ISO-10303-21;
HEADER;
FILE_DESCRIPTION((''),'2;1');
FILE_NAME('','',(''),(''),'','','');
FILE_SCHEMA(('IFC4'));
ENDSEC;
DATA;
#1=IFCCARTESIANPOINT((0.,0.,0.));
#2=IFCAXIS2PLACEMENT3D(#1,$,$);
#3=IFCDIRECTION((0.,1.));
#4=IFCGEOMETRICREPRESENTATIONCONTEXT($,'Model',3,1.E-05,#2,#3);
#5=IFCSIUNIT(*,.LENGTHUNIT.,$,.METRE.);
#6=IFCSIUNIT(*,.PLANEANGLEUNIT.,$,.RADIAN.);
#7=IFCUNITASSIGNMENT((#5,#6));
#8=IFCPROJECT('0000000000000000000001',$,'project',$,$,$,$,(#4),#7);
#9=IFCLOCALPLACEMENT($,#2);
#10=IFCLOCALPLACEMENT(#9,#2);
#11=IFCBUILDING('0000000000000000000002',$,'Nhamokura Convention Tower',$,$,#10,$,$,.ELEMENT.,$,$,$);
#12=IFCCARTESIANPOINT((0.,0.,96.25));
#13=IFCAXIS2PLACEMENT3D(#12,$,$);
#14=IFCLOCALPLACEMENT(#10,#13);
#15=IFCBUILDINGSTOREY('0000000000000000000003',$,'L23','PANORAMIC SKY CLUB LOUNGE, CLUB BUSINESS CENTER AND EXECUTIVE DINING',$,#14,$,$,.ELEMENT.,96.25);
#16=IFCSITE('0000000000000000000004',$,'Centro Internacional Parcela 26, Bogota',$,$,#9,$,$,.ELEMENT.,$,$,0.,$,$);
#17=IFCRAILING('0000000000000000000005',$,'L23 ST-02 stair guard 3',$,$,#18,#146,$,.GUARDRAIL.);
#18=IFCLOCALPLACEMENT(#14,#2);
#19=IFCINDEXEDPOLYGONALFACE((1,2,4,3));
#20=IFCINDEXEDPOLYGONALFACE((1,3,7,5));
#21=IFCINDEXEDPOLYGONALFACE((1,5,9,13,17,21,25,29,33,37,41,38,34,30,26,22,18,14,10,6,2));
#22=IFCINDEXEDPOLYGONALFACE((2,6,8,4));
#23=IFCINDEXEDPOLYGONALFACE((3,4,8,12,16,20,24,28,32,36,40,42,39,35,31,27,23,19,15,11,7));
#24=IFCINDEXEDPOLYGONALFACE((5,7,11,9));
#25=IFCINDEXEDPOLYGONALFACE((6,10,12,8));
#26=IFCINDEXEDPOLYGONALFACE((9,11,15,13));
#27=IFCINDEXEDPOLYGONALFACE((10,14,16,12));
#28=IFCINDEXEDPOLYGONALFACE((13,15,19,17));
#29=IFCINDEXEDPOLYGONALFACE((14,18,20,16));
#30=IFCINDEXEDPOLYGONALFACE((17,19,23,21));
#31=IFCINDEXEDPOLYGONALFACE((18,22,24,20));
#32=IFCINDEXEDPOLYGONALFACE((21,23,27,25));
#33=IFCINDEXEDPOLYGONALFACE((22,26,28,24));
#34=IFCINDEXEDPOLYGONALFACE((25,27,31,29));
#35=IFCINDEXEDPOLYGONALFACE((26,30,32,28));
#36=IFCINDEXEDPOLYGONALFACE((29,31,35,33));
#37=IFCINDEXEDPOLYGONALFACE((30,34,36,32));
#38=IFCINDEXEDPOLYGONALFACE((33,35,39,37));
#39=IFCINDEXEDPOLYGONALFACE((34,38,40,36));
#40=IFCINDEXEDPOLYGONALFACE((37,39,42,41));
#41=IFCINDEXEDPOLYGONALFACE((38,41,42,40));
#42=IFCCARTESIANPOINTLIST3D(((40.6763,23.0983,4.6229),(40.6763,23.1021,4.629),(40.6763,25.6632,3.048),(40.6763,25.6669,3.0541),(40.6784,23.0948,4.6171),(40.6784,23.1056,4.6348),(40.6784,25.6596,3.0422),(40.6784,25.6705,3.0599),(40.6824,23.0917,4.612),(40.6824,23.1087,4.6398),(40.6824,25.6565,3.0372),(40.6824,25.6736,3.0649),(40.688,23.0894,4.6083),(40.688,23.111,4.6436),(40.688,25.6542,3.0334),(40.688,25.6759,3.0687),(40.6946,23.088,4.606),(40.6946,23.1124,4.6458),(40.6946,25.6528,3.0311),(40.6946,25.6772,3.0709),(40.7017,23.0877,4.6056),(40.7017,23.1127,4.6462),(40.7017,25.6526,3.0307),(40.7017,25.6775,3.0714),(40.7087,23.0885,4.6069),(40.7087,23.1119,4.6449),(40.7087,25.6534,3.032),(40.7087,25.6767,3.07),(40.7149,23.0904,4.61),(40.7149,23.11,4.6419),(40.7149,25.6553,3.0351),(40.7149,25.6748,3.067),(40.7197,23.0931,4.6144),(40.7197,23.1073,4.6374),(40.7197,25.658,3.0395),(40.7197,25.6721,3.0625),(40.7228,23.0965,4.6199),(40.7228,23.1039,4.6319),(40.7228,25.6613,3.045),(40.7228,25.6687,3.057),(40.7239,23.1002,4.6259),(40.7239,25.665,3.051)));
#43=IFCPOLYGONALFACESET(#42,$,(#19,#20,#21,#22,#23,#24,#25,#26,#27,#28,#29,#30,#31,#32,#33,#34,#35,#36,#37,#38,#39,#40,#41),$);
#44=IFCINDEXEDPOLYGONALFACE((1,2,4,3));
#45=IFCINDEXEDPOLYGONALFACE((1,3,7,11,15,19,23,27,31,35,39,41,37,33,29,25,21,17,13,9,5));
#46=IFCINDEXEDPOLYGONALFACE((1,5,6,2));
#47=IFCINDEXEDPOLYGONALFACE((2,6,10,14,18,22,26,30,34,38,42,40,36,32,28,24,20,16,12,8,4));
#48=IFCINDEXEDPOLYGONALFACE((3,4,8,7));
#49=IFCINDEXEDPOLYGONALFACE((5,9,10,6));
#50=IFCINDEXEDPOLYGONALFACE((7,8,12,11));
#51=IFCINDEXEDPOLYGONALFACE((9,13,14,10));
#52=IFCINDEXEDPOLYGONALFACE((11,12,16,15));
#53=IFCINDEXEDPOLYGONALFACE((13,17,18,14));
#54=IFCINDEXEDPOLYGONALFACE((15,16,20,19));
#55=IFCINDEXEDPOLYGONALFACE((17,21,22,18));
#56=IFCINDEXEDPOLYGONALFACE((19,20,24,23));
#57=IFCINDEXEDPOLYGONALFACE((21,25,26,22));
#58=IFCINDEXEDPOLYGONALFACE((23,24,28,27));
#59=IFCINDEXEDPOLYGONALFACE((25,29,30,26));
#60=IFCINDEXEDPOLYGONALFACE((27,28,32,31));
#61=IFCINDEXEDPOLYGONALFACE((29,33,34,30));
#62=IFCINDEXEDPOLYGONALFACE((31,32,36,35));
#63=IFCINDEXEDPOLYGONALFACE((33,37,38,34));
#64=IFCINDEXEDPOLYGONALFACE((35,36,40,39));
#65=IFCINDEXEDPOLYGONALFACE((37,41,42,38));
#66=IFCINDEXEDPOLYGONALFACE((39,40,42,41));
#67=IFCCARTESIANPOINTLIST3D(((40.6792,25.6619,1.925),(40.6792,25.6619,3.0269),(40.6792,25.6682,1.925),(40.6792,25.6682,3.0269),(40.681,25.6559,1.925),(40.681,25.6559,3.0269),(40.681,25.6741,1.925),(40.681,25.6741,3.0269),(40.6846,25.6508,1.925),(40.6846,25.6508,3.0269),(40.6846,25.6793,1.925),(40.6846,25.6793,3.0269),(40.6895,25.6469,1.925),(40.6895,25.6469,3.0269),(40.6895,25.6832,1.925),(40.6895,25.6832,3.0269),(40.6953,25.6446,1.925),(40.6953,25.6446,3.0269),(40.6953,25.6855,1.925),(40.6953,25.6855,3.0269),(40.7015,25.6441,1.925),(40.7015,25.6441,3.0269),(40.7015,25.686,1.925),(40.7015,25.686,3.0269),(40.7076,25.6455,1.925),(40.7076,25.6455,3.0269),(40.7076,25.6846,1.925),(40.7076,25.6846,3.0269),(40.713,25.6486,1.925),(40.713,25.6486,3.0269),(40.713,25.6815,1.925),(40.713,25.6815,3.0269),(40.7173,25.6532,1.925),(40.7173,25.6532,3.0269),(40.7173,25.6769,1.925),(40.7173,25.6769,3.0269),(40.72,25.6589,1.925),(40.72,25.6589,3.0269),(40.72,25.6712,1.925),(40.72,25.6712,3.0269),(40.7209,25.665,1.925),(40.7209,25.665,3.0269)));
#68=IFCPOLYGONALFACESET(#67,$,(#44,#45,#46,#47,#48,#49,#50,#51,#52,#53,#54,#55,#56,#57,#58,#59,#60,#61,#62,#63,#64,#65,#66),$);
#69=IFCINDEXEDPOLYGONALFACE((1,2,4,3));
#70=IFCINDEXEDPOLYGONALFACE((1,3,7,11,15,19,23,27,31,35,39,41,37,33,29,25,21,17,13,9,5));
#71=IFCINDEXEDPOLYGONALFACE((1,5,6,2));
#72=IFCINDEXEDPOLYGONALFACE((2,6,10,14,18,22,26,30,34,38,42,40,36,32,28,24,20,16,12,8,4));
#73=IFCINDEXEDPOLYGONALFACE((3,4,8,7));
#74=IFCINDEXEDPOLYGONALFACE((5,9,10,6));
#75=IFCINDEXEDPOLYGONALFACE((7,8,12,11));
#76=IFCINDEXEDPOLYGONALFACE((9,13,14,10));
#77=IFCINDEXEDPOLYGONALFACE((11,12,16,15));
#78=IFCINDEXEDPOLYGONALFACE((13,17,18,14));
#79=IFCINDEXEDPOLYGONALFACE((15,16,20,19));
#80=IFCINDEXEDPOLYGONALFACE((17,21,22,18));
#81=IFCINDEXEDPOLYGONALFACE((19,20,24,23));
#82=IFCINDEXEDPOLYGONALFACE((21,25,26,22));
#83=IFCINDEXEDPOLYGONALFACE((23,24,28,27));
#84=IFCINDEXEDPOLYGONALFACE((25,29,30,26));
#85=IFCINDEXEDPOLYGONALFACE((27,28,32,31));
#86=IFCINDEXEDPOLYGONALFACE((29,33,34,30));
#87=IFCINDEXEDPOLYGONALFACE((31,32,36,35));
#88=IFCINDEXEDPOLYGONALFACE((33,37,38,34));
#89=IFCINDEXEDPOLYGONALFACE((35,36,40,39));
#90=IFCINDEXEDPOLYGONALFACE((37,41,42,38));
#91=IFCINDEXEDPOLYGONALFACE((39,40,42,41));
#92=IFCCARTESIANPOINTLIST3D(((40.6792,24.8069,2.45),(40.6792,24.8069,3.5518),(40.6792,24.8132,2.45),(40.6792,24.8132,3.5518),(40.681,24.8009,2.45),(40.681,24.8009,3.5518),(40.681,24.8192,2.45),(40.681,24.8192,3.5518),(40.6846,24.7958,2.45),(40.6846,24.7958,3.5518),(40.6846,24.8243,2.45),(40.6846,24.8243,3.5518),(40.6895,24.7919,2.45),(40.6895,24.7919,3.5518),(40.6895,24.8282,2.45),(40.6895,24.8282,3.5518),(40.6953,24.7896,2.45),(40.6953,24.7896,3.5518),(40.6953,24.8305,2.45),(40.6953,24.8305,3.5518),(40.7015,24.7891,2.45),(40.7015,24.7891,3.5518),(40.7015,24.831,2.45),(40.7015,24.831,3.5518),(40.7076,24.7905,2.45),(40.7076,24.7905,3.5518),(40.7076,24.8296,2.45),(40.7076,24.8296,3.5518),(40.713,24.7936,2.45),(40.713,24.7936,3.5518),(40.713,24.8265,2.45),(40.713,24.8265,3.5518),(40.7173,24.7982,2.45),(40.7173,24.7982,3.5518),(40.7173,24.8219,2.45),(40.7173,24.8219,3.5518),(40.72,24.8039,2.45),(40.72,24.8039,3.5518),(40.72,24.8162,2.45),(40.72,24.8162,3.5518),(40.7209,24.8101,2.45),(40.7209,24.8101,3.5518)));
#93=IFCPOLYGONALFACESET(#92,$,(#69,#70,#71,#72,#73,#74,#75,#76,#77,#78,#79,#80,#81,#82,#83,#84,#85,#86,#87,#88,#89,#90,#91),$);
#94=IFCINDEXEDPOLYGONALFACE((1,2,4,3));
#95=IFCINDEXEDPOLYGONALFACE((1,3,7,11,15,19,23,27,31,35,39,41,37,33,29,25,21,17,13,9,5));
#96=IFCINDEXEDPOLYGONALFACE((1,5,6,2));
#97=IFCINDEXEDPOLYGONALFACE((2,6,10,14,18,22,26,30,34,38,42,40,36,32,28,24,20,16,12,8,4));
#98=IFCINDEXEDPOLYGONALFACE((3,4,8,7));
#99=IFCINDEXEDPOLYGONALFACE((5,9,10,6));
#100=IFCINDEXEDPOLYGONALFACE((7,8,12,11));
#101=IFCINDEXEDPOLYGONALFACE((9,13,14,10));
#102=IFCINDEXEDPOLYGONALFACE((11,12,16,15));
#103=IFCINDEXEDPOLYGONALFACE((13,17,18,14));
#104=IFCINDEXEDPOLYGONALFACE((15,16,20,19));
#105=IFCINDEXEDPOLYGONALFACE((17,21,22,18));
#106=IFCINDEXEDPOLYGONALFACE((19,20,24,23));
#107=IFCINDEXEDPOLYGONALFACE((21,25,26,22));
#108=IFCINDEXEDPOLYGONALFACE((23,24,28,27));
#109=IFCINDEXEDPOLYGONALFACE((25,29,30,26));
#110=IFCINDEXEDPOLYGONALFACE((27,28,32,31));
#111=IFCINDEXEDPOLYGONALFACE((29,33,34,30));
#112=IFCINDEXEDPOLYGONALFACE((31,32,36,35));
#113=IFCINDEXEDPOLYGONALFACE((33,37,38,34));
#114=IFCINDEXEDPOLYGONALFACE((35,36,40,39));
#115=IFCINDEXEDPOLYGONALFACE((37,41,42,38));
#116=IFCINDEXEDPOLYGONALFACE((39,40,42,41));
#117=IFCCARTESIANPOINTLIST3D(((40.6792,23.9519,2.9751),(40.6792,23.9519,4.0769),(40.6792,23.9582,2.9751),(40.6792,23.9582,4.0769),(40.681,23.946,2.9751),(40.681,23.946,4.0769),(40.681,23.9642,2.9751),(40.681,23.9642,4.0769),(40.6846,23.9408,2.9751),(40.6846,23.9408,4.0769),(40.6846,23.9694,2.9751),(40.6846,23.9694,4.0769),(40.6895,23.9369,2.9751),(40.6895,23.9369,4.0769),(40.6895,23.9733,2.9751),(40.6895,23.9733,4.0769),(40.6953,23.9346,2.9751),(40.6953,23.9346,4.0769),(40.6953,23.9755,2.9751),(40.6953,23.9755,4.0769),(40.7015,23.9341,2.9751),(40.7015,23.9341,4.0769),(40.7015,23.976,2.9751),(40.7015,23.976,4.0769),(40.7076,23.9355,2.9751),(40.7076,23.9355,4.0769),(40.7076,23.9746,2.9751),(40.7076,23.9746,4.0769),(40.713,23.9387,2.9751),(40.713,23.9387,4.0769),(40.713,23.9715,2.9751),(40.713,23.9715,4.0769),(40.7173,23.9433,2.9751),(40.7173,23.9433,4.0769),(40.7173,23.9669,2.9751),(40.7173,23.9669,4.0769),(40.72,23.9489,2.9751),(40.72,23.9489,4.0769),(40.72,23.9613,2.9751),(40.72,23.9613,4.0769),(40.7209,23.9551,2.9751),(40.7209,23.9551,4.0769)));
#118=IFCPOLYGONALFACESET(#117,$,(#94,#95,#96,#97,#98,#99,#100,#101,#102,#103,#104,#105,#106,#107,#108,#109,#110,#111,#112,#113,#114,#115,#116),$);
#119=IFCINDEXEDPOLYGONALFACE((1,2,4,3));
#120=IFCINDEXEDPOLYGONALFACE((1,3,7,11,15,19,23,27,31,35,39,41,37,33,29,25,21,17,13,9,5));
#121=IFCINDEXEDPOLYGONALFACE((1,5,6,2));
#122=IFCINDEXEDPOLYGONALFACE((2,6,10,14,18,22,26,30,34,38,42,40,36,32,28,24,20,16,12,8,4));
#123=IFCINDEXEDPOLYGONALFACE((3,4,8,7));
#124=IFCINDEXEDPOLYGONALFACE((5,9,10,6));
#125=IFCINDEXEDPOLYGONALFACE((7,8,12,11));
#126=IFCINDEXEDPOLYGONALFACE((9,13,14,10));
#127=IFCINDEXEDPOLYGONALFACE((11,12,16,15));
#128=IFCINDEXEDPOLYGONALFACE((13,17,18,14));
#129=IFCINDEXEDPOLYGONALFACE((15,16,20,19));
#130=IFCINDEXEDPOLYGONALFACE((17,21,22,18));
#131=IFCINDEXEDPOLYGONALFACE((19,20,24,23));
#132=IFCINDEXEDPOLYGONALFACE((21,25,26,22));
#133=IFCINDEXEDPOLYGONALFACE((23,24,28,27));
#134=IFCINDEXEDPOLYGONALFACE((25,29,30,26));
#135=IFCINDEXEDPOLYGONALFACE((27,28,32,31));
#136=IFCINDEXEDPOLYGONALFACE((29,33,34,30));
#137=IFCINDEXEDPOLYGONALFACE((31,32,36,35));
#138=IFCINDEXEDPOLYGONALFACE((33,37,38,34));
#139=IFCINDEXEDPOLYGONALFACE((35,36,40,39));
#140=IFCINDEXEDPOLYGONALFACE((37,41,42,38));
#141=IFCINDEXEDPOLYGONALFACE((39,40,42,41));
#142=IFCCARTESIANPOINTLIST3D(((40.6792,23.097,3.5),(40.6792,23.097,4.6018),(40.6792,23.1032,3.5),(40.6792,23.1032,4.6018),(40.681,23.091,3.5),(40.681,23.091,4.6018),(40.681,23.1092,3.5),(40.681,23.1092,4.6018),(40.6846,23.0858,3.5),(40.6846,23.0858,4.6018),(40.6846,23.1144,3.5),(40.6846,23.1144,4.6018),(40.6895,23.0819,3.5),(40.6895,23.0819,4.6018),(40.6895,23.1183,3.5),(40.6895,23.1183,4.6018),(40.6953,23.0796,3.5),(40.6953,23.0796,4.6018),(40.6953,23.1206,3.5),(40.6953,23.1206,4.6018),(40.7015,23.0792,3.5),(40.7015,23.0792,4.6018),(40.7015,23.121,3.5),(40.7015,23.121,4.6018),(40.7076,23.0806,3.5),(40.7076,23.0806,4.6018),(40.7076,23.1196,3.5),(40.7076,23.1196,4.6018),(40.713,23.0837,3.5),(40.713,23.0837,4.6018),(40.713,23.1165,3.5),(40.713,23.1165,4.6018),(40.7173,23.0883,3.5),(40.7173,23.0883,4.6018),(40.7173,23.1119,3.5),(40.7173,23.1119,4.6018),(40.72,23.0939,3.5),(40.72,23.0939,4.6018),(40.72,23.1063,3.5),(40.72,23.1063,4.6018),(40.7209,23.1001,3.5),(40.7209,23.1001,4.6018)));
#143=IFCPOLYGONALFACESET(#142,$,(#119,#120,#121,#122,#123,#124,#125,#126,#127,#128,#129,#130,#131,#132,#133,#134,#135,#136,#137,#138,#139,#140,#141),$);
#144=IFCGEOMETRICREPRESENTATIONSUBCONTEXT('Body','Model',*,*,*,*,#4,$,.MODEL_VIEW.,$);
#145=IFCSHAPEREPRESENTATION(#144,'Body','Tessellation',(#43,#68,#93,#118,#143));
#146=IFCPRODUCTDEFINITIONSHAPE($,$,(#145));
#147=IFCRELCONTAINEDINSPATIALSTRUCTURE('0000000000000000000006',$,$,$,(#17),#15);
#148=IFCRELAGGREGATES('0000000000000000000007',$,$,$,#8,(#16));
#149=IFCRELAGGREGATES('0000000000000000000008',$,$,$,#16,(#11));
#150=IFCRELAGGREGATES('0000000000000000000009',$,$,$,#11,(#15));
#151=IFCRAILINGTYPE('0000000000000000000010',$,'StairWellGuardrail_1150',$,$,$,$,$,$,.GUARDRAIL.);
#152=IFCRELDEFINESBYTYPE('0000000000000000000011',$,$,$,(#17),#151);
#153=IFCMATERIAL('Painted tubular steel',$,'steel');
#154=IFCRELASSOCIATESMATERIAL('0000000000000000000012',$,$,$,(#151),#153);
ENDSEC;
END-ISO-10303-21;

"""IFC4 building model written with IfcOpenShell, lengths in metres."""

from ifc_helpers import new_model, si_unit, direction, frame, origin, origin_2d, place, context, subcontext, project, spatial, circle, extrude, material, type_object, element, save


model = new_model("IFC4")

# Units and contexts
model_context = context("Model", 3, precision=1e-05, world=origin(), true_north=direction((0.0, 1.0)))
body_context = subcontext(model_context, "Body", "Model", "MODEL_VIEW")
ifc_project = project(units=[si_unit("LENGTHUNIT", "METRE"), si_unit("PLANEANGLEUNIT", "RADIAN")], contexts=[model_context])

# Site, building, storey
site_placement = place(None, origin())
site = spatial("IfcSite", under=ifc_project, at=site_placement, Name="Centro Internacional Parcela 26, Bogota", CompositionType="ELEMENT", RefElevation=0.0)
building_placement = place(site_placement, origin())
building = spatial("IfcBuilding", under=site, at=building_placement, Name="Nhamokura Convention Tower", CompositionType="ELEMENT")
storey_placement = place(building_placement, frame((0.0, 0.0, 96.25)))
storey = spatial("IfcBuildingStorey", under=building, at=storey_placement, Name="L23", Description="PANORAMIC SKY CLUB LOUNGE, CLUB BUSINESS CENTER AND EXECUTIVE DINING", CompositionType="ELEMENT", Elevation=96.25)

# Railing
ifc_material_1 = material(Name="Painted tubular steel", Category="steel")
railing_type_1 = type_object("IfcRailingType", Name="StairWellGuardrail_1150", PredefinedType="GUARDRAIL", material=ifc_material_1)
railing_1_placement = place(storey_placement, frame((40.7, 25.665, 1.925)))
element("IfcRailing", 1, at=railing_1_placement, inside=storey, type_object=railing_type_1, Name="L23 ST-02 stair guard 3", PredefinedType="GUARDRAIL", context=body_context, shape_type="SweptSolid", body=[
    extrude(circle(Radius=0.0239, at=origin_2d()), frame((0.0, 0.0, 1.126), z_axis=(0.0, -0.852173, 0.52326), x_axis=(1.0, 0.0, 0.0)), (0.0, 0.0, 1.0), 3.0098),
    extrude(circle(Radius=0.021, at=origin_2d()), origin(), (0.0, 0.0, 1.0), 1.1018),
    extrude(circle(Radius=0.021, at=origin_2d()), frame((0.0, -0.855, 0.5249)), (0.0, 0.0, 1.0), 1.1018),
    extrude(circle(Radius=0.021, at=origin_2d()), frame((0.0, -1.71, 1.05)), (0.0, 0.0, 1.0), 1.1018),
    extrude(circle(Radius=0.021, at=origin_2d()), frame((0.0, -2.5649, 1.575)), (0.0, 0.0, 1.0), 1.1018),
])

save(model, "model.ifc")
